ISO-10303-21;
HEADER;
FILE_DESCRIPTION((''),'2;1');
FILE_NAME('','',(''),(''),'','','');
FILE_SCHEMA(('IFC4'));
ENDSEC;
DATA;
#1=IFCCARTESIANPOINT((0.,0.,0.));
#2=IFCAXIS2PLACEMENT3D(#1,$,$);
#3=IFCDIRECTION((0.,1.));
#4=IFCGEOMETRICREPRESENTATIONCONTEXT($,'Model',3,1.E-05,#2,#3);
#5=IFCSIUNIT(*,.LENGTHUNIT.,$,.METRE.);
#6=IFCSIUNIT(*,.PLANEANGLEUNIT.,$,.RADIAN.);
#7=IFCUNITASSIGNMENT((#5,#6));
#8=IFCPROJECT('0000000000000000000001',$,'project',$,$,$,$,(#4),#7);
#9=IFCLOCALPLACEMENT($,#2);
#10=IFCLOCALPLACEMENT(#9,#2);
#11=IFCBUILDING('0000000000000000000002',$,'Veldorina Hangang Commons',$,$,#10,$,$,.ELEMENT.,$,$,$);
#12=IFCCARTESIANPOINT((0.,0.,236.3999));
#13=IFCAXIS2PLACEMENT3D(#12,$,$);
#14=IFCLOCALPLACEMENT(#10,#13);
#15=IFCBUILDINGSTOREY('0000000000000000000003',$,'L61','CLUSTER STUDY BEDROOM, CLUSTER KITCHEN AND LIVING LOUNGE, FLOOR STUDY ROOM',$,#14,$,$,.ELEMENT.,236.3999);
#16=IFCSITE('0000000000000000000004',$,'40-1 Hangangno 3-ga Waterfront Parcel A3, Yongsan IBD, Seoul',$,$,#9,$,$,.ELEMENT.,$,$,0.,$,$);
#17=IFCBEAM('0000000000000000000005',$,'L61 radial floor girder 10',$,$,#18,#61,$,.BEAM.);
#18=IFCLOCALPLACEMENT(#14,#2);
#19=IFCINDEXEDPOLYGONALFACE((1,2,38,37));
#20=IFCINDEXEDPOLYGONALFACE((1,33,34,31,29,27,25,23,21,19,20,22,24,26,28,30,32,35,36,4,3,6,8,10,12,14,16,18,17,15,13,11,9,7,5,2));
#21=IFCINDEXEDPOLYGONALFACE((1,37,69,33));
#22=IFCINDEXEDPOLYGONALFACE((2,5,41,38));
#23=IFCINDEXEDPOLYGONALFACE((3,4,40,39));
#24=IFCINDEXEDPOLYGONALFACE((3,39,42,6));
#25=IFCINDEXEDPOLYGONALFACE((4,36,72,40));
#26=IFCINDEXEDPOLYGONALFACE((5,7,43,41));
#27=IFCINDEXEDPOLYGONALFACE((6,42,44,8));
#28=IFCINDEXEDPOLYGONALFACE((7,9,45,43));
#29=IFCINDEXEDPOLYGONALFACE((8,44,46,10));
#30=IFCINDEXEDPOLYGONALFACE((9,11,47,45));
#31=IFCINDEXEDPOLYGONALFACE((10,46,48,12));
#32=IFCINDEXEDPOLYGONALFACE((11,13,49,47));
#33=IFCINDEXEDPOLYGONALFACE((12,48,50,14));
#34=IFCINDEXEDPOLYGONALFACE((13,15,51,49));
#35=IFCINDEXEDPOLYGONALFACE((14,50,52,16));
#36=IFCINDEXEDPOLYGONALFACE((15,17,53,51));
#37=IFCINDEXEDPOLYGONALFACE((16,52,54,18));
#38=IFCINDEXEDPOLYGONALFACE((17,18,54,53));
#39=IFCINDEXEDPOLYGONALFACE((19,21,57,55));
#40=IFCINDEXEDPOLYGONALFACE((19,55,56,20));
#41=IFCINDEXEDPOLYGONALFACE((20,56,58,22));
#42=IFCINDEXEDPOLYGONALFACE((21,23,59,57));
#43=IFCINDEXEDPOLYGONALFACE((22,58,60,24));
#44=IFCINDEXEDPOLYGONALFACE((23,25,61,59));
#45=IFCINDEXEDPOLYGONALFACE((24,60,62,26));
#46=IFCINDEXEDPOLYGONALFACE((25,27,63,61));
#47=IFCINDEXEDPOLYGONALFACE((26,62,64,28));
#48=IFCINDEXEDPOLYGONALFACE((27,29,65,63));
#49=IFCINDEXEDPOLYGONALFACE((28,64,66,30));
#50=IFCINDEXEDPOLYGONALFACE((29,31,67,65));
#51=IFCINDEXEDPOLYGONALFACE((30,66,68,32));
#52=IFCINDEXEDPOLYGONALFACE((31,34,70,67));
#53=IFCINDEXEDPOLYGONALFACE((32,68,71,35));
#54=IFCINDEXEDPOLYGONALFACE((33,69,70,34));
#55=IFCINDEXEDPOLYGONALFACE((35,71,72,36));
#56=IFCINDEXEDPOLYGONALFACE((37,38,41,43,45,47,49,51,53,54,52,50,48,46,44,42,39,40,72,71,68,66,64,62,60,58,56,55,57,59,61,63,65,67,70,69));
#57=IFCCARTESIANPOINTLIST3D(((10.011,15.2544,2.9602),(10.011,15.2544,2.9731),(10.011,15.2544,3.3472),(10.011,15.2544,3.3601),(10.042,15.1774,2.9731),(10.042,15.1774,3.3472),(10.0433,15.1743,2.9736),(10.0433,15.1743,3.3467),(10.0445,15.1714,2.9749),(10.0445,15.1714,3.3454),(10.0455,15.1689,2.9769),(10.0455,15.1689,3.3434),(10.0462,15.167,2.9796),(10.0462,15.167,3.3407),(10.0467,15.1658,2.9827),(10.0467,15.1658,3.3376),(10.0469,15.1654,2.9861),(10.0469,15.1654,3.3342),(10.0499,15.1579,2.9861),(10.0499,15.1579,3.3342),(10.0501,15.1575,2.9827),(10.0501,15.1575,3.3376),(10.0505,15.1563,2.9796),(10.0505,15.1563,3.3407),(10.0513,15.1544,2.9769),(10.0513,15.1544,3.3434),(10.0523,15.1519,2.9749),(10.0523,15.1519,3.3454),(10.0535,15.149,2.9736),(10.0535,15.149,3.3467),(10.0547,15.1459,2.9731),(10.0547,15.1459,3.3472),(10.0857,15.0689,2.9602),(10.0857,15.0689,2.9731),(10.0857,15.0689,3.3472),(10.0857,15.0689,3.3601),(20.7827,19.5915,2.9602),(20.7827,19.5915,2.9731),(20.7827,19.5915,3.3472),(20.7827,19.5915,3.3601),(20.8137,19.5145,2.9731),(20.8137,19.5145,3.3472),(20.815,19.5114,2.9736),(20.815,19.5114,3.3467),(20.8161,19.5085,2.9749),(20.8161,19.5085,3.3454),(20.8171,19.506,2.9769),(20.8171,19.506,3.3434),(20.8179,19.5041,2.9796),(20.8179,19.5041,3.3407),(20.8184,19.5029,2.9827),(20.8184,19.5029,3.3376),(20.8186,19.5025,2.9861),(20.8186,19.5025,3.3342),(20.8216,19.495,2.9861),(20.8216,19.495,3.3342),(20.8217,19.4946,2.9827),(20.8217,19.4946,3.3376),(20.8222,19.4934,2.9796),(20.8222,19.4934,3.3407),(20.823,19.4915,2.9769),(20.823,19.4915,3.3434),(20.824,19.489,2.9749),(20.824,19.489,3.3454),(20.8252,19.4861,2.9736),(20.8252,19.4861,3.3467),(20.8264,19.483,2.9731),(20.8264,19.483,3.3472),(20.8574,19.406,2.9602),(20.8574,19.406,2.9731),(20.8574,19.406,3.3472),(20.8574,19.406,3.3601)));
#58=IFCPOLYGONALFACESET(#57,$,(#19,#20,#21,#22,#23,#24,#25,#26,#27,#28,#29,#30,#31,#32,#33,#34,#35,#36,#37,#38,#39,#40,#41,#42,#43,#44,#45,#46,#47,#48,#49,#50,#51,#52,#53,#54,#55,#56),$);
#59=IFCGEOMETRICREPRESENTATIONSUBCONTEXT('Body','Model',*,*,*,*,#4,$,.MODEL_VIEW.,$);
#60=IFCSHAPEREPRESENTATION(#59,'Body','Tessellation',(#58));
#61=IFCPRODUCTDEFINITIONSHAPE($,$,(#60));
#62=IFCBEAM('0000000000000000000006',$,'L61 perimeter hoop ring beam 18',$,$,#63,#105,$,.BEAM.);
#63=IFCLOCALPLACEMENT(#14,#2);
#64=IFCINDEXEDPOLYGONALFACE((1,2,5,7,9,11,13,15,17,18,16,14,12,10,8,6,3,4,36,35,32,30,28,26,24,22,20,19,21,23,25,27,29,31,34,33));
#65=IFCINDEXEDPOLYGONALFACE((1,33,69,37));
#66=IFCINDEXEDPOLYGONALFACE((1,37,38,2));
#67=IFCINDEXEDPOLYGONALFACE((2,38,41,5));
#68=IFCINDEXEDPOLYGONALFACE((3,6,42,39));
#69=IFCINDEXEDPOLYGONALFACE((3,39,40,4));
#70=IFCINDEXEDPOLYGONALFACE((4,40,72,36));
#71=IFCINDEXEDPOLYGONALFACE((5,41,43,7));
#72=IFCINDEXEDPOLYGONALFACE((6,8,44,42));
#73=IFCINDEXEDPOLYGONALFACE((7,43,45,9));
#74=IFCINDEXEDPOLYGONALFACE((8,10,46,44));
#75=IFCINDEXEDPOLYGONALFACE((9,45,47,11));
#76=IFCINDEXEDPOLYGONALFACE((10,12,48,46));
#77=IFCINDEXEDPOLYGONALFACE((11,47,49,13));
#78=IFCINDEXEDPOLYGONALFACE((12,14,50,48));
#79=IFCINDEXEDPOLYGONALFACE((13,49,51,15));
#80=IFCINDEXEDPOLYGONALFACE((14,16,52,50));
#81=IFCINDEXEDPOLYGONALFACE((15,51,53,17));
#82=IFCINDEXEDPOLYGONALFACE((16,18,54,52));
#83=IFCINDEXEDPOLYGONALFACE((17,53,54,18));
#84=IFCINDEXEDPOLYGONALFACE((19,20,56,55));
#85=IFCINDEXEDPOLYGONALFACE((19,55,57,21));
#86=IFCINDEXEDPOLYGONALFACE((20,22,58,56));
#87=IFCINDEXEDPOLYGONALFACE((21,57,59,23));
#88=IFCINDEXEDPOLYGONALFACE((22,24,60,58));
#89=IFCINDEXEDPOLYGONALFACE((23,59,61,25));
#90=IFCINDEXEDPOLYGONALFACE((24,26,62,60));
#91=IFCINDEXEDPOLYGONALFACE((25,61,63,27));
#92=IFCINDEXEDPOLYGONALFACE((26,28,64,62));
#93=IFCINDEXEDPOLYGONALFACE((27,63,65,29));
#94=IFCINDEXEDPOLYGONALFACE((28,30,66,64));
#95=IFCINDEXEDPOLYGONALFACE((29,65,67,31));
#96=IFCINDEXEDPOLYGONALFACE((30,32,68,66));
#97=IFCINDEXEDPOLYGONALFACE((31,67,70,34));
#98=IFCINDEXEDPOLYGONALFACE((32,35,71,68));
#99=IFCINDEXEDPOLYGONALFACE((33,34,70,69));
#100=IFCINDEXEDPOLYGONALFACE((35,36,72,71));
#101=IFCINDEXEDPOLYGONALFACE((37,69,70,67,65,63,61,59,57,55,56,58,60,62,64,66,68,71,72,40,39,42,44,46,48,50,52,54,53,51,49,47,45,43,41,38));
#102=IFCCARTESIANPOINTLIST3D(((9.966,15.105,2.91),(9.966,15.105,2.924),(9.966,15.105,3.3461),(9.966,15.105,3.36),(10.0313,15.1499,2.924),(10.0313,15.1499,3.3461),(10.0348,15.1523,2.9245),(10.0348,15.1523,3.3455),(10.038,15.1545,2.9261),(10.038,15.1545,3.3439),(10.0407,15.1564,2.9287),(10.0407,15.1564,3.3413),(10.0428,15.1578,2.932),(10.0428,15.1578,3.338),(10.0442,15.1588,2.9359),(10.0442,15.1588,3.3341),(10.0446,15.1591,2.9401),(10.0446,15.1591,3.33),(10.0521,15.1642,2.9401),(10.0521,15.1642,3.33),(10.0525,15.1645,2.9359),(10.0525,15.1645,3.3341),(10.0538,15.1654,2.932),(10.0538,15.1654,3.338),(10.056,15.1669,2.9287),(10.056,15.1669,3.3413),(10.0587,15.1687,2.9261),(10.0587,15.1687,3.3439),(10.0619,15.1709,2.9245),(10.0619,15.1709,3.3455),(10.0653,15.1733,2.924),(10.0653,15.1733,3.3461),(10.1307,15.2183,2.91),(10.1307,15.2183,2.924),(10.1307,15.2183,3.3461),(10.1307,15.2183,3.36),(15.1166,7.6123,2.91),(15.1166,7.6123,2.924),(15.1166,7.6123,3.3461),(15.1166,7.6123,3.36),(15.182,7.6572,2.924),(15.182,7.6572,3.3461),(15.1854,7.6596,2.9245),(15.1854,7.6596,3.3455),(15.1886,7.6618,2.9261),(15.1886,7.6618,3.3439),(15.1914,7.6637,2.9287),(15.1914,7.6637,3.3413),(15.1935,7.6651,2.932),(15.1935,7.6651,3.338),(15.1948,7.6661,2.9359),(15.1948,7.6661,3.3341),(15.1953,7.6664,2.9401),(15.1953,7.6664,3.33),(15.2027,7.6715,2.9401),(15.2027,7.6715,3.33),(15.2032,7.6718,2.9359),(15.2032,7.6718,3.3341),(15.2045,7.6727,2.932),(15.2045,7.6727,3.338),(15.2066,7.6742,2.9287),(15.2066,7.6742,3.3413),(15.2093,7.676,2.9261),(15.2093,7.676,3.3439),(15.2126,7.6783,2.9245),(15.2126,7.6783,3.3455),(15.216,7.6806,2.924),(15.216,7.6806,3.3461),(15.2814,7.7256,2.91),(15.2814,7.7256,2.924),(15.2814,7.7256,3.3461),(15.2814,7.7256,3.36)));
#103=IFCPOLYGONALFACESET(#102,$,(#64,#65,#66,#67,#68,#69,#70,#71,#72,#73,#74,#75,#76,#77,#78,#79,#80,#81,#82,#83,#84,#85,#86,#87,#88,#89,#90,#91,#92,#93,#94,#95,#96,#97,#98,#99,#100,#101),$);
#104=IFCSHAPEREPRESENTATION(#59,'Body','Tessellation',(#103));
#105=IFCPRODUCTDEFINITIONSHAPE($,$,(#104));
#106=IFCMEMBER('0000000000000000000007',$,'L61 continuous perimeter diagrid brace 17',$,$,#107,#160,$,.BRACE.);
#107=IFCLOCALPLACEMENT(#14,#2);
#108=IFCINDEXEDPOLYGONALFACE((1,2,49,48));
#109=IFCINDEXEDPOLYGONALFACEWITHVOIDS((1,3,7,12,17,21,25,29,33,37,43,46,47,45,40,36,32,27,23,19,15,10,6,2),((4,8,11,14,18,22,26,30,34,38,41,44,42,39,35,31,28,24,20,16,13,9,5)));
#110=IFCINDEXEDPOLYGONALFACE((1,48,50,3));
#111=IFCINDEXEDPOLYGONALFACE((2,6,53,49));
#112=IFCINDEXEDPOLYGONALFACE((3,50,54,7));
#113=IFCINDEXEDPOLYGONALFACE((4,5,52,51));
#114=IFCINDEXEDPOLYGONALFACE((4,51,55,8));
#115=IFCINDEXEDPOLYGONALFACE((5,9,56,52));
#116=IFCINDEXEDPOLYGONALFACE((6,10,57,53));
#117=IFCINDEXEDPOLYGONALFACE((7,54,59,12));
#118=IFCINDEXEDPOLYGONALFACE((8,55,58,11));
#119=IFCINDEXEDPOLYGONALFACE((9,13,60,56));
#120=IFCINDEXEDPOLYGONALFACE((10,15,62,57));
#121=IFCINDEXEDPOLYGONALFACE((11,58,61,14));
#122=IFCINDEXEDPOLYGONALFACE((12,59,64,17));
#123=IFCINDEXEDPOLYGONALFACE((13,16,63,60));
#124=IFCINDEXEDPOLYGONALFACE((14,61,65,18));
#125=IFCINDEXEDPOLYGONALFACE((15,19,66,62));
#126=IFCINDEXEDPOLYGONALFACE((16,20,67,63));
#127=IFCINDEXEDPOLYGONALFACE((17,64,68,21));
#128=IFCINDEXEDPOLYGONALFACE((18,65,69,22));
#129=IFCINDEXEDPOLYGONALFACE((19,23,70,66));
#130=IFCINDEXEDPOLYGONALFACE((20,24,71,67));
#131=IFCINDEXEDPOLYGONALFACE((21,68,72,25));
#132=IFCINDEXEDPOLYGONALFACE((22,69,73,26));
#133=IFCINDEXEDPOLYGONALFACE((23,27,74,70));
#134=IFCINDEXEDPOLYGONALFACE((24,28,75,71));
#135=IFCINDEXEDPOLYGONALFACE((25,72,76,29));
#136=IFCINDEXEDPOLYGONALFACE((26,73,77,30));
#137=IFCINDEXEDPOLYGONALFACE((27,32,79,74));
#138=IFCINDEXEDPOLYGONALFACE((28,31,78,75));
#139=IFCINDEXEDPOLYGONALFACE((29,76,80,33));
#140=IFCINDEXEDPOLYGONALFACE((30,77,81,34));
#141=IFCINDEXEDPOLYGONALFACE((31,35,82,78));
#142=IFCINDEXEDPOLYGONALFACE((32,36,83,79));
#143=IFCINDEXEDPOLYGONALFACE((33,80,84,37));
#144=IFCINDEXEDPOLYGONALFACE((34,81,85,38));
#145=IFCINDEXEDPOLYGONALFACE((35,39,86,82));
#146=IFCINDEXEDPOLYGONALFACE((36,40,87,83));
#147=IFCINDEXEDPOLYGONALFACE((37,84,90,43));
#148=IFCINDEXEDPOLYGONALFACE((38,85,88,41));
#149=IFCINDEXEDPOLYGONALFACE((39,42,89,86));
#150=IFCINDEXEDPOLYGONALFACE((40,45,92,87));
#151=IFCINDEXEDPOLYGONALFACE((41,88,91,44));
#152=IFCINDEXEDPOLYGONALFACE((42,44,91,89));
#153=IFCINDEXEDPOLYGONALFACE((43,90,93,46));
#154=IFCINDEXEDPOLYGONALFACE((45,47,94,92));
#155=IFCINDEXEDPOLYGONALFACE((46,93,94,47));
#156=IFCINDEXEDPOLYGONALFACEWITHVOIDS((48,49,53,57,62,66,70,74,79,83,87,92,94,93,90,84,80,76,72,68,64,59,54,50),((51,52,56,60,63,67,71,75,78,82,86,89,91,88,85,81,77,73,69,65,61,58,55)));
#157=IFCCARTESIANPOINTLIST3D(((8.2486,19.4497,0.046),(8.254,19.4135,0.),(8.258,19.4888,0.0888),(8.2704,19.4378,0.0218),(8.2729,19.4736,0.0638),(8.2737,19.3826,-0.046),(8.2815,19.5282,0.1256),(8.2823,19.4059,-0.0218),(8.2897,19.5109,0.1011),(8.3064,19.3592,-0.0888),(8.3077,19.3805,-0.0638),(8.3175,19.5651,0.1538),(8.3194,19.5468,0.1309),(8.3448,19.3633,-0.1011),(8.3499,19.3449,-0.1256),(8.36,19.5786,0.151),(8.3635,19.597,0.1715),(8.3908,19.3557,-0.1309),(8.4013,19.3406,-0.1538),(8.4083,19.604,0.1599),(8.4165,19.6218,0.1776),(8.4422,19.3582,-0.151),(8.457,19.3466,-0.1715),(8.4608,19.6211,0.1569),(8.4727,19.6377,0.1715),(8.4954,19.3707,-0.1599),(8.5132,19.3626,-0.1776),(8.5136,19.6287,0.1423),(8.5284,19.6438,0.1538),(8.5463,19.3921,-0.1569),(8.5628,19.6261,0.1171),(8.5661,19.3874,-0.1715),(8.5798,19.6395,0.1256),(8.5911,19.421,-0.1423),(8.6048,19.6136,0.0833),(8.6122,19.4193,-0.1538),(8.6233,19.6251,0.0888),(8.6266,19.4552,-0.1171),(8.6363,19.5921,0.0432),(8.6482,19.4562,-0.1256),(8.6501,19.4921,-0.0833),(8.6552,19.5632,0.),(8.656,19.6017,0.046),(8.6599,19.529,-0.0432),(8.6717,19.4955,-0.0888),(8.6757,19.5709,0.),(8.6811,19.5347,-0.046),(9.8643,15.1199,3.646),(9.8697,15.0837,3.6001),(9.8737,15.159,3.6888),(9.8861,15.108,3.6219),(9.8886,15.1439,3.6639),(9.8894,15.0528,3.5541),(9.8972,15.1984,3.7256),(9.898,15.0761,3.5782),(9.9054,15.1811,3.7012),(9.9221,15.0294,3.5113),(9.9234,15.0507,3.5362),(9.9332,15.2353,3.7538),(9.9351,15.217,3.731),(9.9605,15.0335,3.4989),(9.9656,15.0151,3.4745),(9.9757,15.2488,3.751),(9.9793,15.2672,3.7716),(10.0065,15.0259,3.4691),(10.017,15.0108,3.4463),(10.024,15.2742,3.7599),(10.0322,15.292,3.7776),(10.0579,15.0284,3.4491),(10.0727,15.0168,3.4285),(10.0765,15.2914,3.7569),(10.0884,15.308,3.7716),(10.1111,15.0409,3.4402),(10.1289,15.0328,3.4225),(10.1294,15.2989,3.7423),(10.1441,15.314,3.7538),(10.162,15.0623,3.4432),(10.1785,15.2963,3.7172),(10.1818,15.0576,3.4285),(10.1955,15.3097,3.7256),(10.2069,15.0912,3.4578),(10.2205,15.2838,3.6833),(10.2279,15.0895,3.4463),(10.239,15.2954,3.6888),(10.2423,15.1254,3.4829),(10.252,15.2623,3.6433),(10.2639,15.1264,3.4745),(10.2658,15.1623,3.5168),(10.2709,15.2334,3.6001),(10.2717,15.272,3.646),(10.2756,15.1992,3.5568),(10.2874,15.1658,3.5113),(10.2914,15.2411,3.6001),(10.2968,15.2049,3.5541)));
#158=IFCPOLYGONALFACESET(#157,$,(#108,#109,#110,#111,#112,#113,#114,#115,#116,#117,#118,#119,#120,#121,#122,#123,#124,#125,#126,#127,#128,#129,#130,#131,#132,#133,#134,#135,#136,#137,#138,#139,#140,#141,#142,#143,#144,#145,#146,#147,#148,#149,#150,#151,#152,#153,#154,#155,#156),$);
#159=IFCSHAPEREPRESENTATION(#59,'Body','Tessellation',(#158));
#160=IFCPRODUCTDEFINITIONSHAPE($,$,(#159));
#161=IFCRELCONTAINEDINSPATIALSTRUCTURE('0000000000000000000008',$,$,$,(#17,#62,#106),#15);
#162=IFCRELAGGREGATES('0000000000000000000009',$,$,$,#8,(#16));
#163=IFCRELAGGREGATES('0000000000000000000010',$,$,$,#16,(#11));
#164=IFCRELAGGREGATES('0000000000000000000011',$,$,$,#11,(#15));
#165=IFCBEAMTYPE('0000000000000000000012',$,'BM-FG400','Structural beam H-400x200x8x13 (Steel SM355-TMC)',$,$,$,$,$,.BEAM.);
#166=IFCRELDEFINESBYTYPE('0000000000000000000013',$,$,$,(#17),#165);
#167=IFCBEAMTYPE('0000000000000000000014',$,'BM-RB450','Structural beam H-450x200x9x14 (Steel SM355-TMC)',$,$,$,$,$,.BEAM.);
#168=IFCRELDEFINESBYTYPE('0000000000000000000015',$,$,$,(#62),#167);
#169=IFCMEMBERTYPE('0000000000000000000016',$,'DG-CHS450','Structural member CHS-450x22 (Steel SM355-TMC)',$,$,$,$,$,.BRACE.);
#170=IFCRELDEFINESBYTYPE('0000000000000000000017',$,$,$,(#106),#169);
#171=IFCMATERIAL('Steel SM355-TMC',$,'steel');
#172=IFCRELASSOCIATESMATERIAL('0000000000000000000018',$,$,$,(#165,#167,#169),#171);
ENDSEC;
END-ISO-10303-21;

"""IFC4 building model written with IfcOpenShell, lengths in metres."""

from ifc_helpers import new_model, si_unit, direction, frame, origin, origin_2d, place, context, subcontext, project, spatial, hollow_circle, i_section, extrude, material, material_profile, profile_set, type_object, element, save


model = new_model("IFC4")

# Units and contexts
model_context = context("Model", 3, precision=1e-05, world=origin(), true_north=direction((0.0, 1.0)))
body_context = subcontext(model_context, "Body", "Model", "MODEL_VIEW")
ifc_project = project(units=[si_unit("LENGTHUNIT", "METRE"), si_unit("PLANEANGLEUNIT", "RADIAN")], contexts=[model_context])

# Site, building, storey
site_placement = place(None, origin())
site = spatial("IfcSite", under=ifc_project, at=site_placement, Name="40-1 Hangangno 3-ga Waterfront Parcel A3, Yongsan IBD, Seoul", CompositionType="ELEMENT", RefElevation=0.0)
building_placement = place(site_placement, origin())
building = spatial("IfcBuilding", under=site, at=building_placement, Name="Veldorina Hangang Commons", CompositionType="ELEMENT")
storey_placement = place(building_placement, frame((0.0, 0.0, 236.3999)))
storey = spatial("IfcBuildingStorey", under=building, at=storey_placement, Name="L61", Description="CLUSTER STUDY BEDROOM, CLUSTER KITCHEN AND LIVING LOUNGE, FLOOR STUDY ROOM", CompositionType="ELEMENT", Elevation=236.3999)

# Beams
ifc_material_1 = material(Name="Steel SM355-TMC", Category="steel")
ifc_material_profile_1 = material_profile(ifc_material_1, i_section(OverallWidth=0.2, OverallDepth=0.3999, WebThickness=0.0081, FlangeThickness=0.0129, FilletRadius=0.0129, at=origin_2d()), Name="H-400x200x8x13")
ifc_profile_set_1 = profile_set([ifc_material_profile_1], Name="Steel SM355-TMC")
beam_type_1 = type_object("IfcBeamType", Name="BM-FG400", Description="Structural beam H-400x200x8x13 (Steel SM355-TMC)", PredefinedType="BEAM", material=ifc_profile_set_1)
beam_1_placement = place(storey_placement, frame((20.8201, 19.4988, 3.1602), z_axis=(-0.927629, -0.373503, 0.0), x_axis=(0.373503, -0.927629, 0.0)))
element("IfcBeam", 1, at=beam_1_placement, inside=storey, type_object=beam_type_1, Name="L61 radial floor girder 10", PredefinedType="BEAM", context=body_context, shape_type="SweptSolid", body=[
    extrude(i_section(OverallWidth=0.2, OverallDepth=0.3999, WebThickness=0.0081, FlangeThickness=0.0129, FilletRadius=0.0129, at=origin_2d()), origin(), (0.0, 0.0, 1.0), 11.6121),
])
ifc_material_profile_2 = material_profile(ifc_material_1, i_section(OverallWidth=0.2, OverallDepth=0.45, WebThickness=0.009, FlangeThickness=0.0139, FilletRadius=0.0161, at=origin_2d()), Name="H-450x200x9x14")
ifc_profile_set_2 = profile_set([ifc_material_profile_2], Name="Steel SM355-TMC")
beam_type_2 = type_object("IfcBeamType", Name="BM-RB450", Description="Structural beam H-450x200x9x14 (Steel SM355-TMC)", PredefinedType="BEAM", material=ifc_profile_set_2)
beam_2_placement = place(storey_placement, frame((10.0483, 15.1616, 3.135), z_axis=(0.566486, -0.824072, 0.0), x_axis=(0.824072, 0.566486, 0.0)))
element("IfcBeam", 2, at=beam_2_placement, inside=storey, type_object=beam_type_2, Name="L61 perimeter hoop ring beam 18", PredefinedType="BEAM", context=body_context, shape_type="SweptSolid", body=[
    extrude(i_section(OverallWidth=0.2, OverallDepth=0.45, WebThickness=0.009, FlangeThickness=0.0139, FilletRadius=0.0161, at=origin_2d()), origin(), (0.0, 0.0, 1.0), 9.0923),
])

# Member
ifc_material_profile_3 = material_profile(ifc_material_1, hollow_circle(Radius=0.2251, WallThickness=0.022, at=origin_2d()), Name="CHS-450x22")
ifc_profile_set_3 = profile_set([ifc_material_profile_3], Name="Steel SM355-TMC")
member_type_1 = type_object("IfcMemberType", Name="DG-CHS450", Description="Structural member CHS-450x22 (Steel SM355-TMC)", PredefinedType="BRACE", material=ifc_profile_set_3)
member_1_placement = place(storey_placement, frame((8.4648, 19.4922, 0.0), z_axis=(0.275804, -0.739104, 0.614538), x_axis=(0.936895, 0.349612, 0.0)))
element("IfcMember", 3, at=member_1_placement, inside=storey, type_object=member_type_1, Name="L61 continuous perimeter diagrid brace 17", PredefinedType="BRACE", context=body_context, shape_type="SweptSolid", body=[
    extrude(hollow_circle(Radius=0.2251, WallThickness=0.022, at=origin_2d()), origin(), (0.0, 0.0, 1.0), 5.8582),
])

save(model, "model.ifc")
